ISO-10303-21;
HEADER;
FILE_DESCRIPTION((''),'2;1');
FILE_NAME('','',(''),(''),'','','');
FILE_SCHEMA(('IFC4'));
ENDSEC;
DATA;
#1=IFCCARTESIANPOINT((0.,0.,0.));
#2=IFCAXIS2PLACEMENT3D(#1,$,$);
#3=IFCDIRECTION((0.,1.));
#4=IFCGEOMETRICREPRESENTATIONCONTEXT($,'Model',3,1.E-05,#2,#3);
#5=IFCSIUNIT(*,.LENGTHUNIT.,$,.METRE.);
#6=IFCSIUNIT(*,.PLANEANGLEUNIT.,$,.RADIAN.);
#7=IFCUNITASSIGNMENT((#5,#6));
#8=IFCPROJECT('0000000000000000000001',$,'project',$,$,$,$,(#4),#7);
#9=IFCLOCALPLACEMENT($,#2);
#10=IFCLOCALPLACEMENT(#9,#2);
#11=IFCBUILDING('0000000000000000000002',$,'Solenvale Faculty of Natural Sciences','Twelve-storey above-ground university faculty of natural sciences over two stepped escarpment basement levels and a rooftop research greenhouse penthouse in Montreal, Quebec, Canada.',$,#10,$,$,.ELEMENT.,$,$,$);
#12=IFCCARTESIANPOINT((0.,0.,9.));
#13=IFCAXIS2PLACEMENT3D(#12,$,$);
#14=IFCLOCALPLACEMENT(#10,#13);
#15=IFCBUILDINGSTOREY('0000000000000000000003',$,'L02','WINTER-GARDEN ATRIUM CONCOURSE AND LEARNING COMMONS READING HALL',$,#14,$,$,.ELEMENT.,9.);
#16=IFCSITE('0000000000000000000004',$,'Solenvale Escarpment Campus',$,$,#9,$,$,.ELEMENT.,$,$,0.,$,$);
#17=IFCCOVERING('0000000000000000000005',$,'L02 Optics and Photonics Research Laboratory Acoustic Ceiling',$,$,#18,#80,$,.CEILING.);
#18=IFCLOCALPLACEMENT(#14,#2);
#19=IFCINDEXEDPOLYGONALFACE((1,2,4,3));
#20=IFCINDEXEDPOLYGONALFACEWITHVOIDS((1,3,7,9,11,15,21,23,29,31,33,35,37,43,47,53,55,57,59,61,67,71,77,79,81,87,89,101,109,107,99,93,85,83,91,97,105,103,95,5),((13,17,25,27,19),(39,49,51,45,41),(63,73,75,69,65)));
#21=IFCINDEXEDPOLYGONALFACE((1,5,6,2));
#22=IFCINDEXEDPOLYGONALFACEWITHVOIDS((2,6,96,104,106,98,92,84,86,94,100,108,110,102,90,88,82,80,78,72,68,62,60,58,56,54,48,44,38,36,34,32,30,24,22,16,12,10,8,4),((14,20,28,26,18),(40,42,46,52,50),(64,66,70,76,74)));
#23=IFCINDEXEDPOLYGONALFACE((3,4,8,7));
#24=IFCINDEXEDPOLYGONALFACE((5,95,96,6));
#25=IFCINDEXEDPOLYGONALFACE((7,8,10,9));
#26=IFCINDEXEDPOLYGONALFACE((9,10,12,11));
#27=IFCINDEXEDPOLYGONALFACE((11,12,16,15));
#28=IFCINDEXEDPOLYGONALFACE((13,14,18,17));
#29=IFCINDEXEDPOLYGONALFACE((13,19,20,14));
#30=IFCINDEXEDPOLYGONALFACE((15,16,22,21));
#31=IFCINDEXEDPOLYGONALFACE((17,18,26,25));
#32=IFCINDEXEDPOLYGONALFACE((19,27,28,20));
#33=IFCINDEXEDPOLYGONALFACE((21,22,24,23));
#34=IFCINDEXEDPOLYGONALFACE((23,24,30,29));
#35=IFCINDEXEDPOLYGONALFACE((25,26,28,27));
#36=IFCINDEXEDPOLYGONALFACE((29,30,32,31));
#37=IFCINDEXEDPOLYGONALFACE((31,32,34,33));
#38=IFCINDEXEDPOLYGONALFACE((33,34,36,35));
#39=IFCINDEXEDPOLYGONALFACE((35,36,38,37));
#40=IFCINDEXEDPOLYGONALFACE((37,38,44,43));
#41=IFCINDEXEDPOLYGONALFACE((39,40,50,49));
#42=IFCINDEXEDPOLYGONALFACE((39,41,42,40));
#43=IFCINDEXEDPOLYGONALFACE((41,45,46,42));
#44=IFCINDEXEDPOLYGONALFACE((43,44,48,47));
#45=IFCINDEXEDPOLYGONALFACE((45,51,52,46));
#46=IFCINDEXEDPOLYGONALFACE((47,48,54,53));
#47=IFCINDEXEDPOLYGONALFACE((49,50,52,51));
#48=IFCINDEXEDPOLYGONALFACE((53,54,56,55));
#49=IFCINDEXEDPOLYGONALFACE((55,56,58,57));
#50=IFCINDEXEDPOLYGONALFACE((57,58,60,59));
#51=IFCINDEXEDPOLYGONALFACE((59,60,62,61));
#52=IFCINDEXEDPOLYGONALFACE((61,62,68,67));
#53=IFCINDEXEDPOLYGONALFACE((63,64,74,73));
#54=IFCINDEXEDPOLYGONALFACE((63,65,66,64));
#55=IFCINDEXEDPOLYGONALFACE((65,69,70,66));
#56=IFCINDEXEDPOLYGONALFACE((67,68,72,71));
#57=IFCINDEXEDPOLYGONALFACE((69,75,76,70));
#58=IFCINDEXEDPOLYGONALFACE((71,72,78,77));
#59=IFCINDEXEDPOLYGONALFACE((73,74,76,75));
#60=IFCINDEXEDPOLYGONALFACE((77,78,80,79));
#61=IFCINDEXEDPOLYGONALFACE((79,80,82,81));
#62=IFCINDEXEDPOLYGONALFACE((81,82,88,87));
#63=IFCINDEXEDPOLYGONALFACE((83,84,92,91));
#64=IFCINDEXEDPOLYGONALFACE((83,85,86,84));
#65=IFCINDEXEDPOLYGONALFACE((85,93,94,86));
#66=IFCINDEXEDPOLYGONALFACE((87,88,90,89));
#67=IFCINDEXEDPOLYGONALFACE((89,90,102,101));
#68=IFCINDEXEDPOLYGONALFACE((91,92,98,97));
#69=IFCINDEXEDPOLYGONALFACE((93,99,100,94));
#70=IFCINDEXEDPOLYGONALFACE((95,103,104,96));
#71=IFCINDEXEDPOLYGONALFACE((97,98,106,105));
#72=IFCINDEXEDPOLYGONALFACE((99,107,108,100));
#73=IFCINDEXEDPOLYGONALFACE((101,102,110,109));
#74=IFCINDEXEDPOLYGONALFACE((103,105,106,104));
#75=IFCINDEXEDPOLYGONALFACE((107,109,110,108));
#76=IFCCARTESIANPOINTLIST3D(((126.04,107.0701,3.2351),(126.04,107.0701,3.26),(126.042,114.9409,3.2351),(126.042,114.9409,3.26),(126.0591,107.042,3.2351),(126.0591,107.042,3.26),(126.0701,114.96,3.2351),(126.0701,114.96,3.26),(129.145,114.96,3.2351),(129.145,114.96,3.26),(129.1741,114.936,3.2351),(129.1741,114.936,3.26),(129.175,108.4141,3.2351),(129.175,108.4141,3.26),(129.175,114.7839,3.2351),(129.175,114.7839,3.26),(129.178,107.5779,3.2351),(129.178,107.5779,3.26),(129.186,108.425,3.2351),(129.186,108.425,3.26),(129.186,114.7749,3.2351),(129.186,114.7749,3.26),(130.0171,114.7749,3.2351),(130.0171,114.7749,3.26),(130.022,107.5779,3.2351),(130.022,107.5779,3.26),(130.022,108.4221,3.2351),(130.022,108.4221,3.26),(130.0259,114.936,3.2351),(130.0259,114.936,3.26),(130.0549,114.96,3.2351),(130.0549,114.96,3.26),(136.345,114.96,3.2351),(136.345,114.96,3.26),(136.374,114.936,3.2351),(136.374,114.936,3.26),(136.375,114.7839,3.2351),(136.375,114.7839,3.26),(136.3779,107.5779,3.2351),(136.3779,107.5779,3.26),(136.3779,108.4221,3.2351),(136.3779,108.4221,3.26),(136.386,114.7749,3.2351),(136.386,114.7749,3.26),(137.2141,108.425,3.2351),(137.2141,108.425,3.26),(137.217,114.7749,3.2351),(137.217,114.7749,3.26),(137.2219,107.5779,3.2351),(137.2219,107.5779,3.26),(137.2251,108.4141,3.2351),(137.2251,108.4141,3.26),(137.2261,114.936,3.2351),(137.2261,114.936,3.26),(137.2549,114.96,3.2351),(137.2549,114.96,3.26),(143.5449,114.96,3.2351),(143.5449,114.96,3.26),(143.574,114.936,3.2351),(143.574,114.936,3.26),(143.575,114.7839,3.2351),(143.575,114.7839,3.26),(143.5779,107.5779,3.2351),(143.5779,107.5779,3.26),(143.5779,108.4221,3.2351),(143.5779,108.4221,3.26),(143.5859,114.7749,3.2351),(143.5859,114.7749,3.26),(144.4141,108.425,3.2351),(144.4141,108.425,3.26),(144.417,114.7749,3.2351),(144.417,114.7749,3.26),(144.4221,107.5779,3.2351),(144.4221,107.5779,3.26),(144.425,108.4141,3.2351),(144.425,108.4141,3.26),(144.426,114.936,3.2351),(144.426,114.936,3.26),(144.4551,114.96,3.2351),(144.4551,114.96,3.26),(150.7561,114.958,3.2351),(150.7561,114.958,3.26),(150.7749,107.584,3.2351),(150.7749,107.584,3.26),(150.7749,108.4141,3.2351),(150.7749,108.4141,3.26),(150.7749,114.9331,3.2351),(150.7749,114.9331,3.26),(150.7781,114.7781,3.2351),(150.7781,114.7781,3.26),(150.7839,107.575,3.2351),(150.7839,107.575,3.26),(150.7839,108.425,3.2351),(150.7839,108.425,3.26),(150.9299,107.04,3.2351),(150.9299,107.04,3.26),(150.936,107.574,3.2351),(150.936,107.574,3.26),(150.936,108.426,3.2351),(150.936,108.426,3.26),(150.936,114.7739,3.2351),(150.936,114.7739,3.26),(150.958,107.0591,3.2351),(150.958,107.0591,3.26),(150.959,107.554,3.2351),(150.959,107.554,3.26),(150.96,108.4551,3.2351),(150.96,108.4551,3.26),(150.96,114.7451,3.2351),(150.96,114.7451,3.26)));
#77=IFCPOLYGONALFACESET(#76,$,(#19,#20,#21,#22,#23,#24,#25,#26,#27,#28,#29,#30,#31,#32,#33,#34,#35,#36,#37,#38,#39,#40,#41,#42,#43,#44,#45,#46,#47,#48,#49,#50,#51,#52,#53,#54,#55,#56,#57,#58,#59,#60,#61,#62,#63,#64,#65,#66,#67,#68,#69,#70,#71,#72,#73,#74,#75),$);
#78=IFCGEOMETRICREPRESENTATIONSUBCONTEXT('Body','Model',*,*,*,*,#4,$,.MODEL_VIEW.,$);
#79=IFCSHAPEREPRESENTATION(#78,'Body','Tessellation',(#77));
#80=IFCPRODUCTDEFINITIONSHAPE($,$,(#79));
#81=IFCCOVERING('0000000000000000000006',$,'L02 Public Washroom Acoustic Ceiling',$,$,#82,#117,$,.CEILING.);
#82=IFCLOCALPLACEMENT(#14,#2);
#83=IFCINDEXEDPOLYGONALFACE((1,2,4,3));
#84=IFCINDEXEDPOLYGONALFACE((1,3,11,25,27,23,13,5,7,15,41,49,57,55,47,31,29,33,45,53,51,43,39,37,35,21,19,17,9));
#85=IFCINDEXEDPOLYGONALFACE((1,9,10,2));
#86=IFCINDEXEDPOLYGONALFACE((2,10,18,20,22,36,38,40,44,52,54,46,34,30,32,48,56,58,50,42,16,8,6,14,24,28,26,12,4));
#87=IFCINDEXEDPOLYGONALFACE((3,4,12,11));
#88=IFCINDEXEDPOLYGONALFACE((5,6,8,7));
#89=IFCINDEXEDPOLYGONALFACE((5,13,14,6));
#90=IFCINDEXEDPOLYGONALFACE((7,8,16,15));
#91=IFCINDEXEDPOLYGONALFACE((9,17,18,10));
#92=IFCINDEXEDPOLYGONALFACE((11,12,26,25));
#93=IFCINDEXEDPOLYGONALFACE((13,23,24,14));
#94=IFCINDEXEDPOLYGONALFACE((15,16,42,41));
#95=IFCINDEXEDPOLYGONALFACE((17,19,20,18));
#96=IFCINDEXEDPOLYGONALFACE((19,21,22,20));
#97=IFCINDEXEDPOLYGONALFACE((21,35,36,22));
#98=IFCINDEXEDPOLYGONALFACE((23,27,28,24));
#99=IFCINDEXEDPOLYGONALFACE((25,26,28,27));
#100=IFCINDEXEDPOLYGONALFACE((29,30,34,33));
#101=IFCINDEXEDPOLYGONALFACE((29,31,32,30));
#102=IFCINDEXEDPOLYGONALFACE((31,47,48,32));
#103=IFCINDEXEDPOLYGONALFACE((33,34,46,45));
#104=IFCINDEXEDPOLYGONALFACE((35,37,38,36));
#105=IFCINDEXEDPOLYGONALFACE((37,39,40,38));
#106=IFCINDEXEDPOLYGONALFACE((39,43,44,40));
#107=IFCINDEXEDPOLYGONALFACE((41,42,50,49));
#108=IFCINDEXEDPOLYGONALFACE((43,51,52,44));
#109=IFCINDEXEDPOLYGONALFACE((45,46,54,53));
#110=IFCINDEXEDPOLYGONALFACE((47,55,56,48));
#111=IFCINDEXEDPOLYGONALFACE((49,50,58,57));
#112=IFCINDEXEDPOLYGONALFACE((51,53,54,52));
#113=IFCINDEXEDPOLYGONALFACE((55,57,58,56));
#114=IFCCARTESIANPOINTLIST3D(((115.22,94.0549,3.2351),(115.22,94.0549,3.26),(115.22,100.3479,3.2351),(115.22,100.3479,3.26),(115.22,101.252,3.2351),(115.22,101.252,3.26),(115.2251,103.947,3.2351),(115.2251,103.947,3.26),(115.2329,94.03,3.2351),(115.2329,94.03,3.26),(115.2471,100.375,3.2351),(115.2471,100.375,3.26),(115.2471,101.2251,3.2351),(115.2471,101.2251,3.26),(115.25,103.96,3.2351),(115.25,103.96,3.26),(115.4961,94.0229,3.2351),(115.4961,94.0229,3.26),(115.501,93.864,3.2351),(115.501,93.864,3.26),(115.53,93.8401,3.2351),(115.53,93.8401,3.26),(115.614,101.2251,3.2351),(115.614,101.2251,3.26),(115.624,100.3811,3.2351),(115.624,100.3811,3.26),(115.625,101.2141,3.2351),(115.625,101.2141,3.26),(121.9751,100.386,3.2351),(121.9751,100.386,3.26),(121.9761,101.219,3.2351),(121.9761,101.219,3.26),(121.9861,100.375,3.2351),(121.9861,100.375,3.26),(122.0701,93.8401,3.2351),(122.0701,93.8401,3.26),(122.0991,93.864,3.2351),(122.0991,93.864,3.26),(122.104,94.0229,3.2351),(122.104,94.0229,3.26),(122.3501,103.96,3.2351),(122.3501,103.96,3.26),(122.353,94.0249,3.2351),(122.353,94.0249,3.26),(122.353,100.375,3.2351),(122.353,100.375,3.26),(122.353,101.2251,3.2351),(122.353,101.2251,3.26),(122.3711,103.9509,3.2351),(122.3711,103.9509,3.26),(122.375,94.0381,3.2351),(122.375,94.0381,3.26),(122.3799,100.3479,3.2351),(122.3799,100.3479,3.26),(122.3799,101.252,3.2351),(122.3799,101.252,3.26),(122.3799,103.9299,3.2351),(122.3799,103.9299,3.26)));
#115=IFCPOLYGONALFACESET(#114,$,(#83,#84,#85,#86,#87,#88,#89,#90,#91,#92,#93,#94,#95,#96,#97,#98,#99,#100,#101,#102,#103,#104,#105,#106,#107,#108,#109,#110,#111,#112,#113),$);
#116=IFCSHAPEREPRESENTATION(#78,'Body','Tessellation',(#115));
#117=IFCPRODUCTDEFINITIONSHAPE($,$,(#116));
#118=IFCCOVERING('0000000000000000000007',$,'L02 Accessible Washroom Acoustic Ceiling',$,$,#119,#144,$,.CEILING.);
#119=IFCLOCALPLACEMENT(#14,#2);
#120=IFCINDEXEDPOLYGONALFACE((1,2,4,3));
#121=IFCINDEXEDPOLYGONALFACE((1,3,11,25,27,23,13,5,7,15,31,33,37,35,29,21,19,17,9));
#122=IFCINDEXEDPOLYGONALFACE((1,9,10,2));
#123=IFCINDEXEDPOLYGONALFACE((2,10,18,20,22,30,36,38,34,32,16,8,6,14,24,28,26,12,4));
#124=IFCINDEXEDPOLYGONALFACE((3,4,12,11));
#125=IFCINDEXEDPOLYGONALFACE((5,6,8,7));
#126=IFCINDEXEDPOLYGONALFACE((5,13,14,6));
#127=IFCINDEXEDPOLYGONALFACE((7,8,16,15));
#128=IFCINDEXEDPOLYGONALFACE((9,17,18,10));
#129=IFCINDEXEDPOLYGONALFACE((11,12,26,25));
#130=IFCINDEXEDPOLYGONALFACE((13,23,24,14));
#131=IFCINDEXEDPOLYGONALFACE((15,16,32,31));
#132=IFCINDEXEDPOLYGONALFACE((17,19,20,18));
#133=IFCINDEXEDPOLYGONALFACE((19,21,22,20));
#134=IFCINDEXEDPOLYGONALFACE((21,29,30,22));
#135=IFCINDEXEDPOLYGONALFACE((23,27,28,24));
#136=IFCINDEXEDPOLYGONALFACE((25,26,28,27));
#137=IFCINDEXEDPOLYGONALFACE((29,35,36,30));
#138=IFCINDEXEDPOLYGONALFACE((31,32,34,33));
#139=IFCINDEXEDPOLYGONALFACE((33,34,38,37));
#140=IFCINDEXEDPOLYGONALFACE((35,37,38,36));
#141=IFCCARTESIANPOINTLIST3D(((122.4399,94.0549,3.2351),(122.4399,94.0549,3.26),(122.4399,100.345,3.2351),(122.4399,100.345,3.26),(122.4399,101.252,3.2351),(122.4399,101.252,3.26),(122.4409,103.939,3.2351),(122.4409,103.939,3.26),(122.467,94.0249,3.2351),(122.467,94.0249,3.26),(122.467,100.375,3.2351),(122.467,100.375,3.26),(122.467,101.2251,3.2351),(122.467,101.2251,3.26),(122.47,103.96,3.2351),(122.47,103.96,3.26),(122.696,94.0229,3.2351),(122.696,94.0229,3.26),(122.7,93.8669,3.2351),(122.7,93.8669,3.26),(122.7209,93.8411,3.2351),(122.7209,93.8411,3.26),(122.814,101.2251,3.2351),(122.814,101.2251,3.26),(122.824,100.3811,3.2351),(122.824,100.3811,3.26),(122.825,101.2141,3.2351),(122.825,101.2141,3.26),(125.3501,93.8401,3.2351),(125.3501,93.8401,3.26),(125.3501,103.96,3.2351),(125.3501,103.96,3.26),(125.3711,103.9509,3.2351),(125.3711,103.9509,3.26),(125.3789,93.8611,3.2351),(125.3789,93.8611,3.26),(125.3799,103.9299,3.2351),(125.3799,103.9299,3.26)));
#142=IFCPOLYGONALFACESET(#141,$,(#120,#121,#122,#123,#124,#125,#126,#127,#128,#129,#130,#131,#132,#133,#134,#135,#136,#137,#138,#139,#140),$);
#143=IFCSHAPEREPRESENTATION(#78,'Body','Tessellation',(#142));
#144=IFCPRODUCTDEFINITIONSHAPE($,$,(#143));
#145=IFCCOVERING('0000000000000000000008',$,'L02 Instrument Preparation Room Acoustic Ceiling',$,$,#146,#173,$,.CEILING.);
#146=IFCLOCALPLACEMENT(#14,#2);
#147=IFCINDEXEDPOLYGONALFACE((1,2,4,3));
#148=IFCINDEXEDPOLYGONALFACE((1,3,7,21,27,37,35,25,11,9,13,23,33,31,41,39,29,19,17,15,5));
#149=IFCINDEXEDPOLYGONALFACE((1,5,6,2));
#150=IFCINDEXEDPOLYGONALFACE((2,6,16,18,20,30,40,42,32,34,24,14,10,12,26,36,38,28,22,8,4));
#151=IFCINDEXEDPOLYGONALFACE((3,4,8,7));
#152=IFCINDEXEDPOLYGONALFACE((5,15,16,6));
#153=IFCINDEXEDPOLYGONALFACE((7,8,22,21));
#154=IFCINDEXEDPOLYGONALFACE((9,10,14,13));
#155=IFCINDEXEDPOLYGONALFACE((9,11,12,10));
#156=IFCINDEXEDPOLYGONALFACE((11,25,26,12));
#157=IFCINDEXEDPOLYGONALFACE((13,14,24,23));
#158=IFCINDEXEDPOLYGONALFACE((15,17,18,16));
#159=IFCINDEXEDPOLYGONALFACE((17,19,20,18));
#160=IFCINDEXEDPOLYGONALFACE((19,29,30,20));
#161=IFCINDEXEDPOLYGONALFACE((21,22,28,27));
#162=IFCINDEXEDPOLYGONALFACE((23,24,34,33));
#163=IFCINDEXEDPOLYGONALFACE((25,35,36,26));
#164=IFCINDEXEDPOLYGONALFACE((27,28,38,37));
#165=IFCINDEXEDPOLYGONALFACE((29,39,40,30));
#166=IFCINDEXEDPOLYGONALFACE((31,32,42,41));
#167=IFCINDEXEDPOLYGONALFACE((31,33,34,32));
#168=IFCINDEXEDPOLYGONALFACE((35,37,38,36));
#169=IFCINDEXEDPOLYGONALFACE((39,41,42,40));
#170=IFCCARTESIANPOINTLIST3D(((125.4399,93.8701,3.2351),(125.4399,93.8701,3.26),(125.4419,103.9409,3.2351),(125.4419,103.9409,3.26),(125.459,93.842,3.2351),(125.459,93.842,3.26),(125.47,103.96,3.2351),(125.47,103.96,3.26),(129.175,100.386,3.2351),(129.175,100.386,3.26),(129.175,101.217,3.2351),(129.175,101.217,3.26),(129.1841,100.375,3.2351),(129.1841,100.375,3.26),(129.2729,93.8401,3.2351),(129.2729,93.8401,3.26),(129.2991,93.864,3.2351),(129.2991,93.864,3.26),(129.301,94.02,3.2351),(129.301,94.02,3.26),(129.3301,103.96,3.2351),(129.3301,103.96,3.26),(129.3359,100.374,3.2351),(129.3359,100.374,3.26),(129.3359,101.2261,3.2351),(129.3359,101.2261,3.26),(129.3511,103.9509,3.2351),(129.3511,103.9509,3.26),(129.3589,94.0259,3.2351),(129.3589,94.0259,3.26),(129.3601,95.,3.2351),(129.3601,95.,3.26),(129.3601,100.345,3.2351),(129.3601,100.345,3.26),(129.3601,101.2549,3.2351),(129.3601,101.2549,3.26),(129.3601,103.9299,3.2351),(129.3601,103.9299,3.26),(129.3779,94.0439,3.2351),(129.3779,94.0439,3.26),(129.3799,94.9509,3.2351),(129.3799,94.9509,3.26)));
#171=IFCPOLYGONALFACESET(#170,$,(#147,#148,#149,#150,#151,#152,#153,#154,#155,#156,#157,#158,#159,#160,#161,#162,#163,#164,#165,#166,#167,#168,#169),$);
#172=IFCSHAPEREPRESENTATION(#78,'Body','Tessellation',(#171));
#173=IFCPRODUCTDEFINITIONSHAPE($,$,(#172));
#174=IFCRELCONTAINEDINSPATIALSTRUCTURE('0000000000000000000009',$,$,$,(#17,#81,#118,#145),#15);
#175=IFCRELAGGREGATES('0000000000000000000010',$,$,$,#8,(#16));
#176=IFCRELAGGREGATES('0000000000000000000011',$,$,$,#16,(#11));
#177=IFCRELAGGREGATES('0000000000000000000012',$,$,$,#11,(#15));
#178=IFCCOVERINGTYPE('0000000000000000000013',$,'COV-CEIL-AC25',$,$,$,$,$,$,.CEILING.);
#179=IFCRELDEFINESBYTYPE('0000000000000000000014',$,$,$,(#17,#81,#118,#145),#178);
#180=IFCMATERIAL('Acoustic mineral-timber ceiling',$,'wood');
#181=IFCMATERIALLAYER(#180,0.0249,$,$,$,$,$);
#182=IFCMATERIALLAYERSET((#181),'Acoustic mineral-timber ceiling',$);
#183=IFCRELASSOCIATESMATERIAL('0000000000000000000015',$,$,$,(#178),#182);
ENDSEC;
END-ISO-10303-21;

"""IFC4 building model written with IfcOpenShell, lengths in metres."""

from ifc_helpers import new_model, si_unit, direction, frame, origin, place, context, subcontext, project, spatial, polyline, outline, extrude, material, layer, layer_set, type_object, element, save


model = new_model("IFC4")

# Units and contexts
model_context = context("Model", 3, precision=1e-05, world=origin(), true_north=direction((0.0, 1.0)))
body_context = subcontext(model_context, "Body", "Model", "MODEL_VIEW")
ifc_project = project(units=[si_unit("LENGTHUNIT", "METRE"), si_unit("PLANEANGLEUNIT", "RADIAN")], contexts=[model_context])

# Site, building, storey
site_placement = place(None, origin())
site = spatial("IfcSite", under=ifc_project, at=site_placement, Name="Solenvale Escarpment Campus", CompositionType="ELEMENT", RefElevation=0.0)
building_placement = place(site_placement, origin())
building = spatial("IfcBuilding", under=site, at=building_placement, Name="Solenvale Faculty of Natural Sciences", Description="Twelve-storey above-ground university faculty of natural sciences over two stepped escarpment basement levels and a rooftop research greenhouse penthouse in Montreal, Quebec, Canada.", CompositionType="ELEMENT")
storey_placement = place(building_placement, frame((0.0, 0.0, 9.0)))
storey = spatial("IfcBuildingStorey", under=building, at=storey_placement, Name="L02", Description="WINTER-GARDEN ATRIUM CONCOURSE AND LEARNING COMMONS READING HALL", CompositionType="ELEMENT", Elevation=9.0)

# Coverings
ifc_material_1 = material(Name="Acoustic mineral-timber ceiling", Category="wood")
ifc_layer_1 = layer(ifc_material_1, 0.0249)
ifc_layer_set_1 = layer_set([ifc_layer_1], Name="Acoustic mineral-timber ceiling")
covering_type_1 = type_object("IfcCoveringType", Name="COV-CEIL-AC25", PredefinedType="CEILING", material=ifc_layer_set_1)
covering_1_placement = place(storey_placement, frame((0.0, 0.0, 3.2351)))
element("IfcCovering", 1, at=covering_1_placement, inside=storey, type_object=covering_type_1, Name="L02 Optics and Photonics Research Laboratory Acoustic Ceiling", PredefinedType="CEILING", context=body_context, shape_type="SweptSolid", body=[
    extrude(outline(polyline([(129.145, 114.96), (129.1741, 114.936), (129.175, 114.7839), (129.186, 114.7749), (130.0171, 114.7749), (130.0259, 114.936), (130.0549, 114.96), (136.345, 114.96), (136.374, 114.936), (136.375, 114.7839), (136.386, 114.7749), (137.217, 114.7749), (137.2261, 114.936), (137.2549, 114.96), (143.5449, 114.96), (143.574, 114.936), (143.575, 114.7839), (143.5859, 114.7749), (144.417, 114.7749), (144.426, 114.936), (144.4551, 114.96), (150.7561, 114.958), (150.7749, 114.9331), (150.7781, 114.7781), (150.936, 114.7739), (150.96, 114.7451), (150.96, 108.4551), (150.936, 108.426), (150.7839, 108.425), (150.7749, 108.4141), (150.7749, 107.584), (150.7839, 107.575), (150.936, 107.574), (150.959, 107.554), (150.958, 107.0591), (150.9299, 107.04), (126.0591, 107.042), (126.04, 107.0701), (126.042, 114.9409), (126.0701, 114.96), (129.145, 114.96)]), holes=[polyline([(144.425, 108.4141), (144.4141, 108.425), (143.5779, 108.4221), (143.5779, 107.5779), (144.4221, 107.5779), (144.425, 108.4141)]), polyline([(137.2251, 108.4141), (137.2141, 108.425), (136.3779, 108.4221), (136.3779, 107.5779), (137.2219, 107.5779), (137.2251, 108.4141)]), polyline([(129.186, 108.425), (129.175, 108.4141), (129.178, 107.5779), (130.022, 107.5779), (130.022, 108.4221), (129.186, 108.425)])]), origin(), (0.0, 0.0, 1.0), 0.0249),
])
covering_2_placement = place(storey_placement, frame((0.0, 0.0, 3.2351)))
element("IfcCovering", 2, at=covering_2_placement, inside=storey, type_object=covering_type_1, Name="L02 Public Washroom Acoustic Ceiling", PredefinedType="CEILING", context=body_context, shape_type="SweptSolid", body=[
    extrude(outline(polyline([(122.3501, 103.96), (122.3711, 103.9509), (122.3799, 103.9299), (122.3799, 101.252), (122.353, 101.2251), (121.9761, 101.219), (121.9751, 100.386), (121.9861, 100.375), (122.353, 100.375), (122.3799, 100.3479), (122.375, 94.0381), (122.353, 94.0249), (122.104, 94.0229), (122.0991, 93.864), (122.0701, 93.8401), (115.53, 93.8401), (115.501, 93.864), (115.4961, 94.0229), (115.2329, 94.03), (115.22, 94.0549), (115.22, 100.3479), (115.2471, 100.375), (115.624, 100.3811), (115.625, 101.2141), (115.614, 101.2251), (115.2471, 101.2251), (115.22, 101.252), (115.2251, 103.947), (115.25, 103.96), (122.3501, 103.96)])), origin(), (0.0, 0.0, 1.0), 0.0249),
])
covering_3_placement = place(storey_placement, frame((0.0, 0.0, 3.2351)))
element("IfcCovering", 3, at=covering_3_placement, inside=storey, type_object=covering_type_1, Name="L02 Accessible Washroom Acoustic Ceiling", PredefinedType="CEILING", context=body_context, shape_type="SweptSolid", body=[
    extrude(outline(polyline([(125.3501, 103.96), (125.3711, 103.9509), (125.3799, 103.9299), (125.3789, 93.8611), (125.3501, 93.8401), (122.7209, 93.8411), (122.7, 93.8669), (122.696, 94.0229), (122.467, 94.0249), (122.4399, 94.0549), (122.4399, 100.345), (122.467, 100.375), (122.824, 100.3811), (122.825, 101.2141), (122.814, 101.2251), (122.467, 101.2251), (122.4399, 101.252), (122.4409, 103.939), (122.47, 103.96), (125.3501, 103.96)])), origin(), (0.0, 0.0, 1.0), 0.0249),
])
covering_4_placement = place(storey_placement, frame((0.0, 0.0, 3.2351)))
element("IfcCovering", 4, at=covering_4_placement, inside=storey, type_object=covering_type_1, Name="L02 Instrument Preparation Room Acoustic Ceiling", PredefinedType="CEILING", context=body_context, shape_type="SweptSolid", body=[
    extrude(outline(polyline([(129.3301, 103.96), (129.3511, 103.9509), (129.3601, 103.9299), (129.3601, 101.2549), (129.3359, 101.2261), (129.175, 101.217), (129.175, 100.386), (129.1841, 100.375), (129.3359, 100.374), (129.3601, 100.345), (129.3601, 95.0), (129.3799, 94.9509), (129.3779, 94.0439), (129.3589, 94.0259), (129.301, 94.02), (129.2991, 93.864), (129.2729, 93.8401), (125.459, 93.842), (125.4399, 93.8701), (125.4419, 103.9409), (125.47, 103.96), (129.3301, 103.96)])), origin(), (0.0, 0.0, 1.0), 0.0249),
])

save(model, "model.ifc")
